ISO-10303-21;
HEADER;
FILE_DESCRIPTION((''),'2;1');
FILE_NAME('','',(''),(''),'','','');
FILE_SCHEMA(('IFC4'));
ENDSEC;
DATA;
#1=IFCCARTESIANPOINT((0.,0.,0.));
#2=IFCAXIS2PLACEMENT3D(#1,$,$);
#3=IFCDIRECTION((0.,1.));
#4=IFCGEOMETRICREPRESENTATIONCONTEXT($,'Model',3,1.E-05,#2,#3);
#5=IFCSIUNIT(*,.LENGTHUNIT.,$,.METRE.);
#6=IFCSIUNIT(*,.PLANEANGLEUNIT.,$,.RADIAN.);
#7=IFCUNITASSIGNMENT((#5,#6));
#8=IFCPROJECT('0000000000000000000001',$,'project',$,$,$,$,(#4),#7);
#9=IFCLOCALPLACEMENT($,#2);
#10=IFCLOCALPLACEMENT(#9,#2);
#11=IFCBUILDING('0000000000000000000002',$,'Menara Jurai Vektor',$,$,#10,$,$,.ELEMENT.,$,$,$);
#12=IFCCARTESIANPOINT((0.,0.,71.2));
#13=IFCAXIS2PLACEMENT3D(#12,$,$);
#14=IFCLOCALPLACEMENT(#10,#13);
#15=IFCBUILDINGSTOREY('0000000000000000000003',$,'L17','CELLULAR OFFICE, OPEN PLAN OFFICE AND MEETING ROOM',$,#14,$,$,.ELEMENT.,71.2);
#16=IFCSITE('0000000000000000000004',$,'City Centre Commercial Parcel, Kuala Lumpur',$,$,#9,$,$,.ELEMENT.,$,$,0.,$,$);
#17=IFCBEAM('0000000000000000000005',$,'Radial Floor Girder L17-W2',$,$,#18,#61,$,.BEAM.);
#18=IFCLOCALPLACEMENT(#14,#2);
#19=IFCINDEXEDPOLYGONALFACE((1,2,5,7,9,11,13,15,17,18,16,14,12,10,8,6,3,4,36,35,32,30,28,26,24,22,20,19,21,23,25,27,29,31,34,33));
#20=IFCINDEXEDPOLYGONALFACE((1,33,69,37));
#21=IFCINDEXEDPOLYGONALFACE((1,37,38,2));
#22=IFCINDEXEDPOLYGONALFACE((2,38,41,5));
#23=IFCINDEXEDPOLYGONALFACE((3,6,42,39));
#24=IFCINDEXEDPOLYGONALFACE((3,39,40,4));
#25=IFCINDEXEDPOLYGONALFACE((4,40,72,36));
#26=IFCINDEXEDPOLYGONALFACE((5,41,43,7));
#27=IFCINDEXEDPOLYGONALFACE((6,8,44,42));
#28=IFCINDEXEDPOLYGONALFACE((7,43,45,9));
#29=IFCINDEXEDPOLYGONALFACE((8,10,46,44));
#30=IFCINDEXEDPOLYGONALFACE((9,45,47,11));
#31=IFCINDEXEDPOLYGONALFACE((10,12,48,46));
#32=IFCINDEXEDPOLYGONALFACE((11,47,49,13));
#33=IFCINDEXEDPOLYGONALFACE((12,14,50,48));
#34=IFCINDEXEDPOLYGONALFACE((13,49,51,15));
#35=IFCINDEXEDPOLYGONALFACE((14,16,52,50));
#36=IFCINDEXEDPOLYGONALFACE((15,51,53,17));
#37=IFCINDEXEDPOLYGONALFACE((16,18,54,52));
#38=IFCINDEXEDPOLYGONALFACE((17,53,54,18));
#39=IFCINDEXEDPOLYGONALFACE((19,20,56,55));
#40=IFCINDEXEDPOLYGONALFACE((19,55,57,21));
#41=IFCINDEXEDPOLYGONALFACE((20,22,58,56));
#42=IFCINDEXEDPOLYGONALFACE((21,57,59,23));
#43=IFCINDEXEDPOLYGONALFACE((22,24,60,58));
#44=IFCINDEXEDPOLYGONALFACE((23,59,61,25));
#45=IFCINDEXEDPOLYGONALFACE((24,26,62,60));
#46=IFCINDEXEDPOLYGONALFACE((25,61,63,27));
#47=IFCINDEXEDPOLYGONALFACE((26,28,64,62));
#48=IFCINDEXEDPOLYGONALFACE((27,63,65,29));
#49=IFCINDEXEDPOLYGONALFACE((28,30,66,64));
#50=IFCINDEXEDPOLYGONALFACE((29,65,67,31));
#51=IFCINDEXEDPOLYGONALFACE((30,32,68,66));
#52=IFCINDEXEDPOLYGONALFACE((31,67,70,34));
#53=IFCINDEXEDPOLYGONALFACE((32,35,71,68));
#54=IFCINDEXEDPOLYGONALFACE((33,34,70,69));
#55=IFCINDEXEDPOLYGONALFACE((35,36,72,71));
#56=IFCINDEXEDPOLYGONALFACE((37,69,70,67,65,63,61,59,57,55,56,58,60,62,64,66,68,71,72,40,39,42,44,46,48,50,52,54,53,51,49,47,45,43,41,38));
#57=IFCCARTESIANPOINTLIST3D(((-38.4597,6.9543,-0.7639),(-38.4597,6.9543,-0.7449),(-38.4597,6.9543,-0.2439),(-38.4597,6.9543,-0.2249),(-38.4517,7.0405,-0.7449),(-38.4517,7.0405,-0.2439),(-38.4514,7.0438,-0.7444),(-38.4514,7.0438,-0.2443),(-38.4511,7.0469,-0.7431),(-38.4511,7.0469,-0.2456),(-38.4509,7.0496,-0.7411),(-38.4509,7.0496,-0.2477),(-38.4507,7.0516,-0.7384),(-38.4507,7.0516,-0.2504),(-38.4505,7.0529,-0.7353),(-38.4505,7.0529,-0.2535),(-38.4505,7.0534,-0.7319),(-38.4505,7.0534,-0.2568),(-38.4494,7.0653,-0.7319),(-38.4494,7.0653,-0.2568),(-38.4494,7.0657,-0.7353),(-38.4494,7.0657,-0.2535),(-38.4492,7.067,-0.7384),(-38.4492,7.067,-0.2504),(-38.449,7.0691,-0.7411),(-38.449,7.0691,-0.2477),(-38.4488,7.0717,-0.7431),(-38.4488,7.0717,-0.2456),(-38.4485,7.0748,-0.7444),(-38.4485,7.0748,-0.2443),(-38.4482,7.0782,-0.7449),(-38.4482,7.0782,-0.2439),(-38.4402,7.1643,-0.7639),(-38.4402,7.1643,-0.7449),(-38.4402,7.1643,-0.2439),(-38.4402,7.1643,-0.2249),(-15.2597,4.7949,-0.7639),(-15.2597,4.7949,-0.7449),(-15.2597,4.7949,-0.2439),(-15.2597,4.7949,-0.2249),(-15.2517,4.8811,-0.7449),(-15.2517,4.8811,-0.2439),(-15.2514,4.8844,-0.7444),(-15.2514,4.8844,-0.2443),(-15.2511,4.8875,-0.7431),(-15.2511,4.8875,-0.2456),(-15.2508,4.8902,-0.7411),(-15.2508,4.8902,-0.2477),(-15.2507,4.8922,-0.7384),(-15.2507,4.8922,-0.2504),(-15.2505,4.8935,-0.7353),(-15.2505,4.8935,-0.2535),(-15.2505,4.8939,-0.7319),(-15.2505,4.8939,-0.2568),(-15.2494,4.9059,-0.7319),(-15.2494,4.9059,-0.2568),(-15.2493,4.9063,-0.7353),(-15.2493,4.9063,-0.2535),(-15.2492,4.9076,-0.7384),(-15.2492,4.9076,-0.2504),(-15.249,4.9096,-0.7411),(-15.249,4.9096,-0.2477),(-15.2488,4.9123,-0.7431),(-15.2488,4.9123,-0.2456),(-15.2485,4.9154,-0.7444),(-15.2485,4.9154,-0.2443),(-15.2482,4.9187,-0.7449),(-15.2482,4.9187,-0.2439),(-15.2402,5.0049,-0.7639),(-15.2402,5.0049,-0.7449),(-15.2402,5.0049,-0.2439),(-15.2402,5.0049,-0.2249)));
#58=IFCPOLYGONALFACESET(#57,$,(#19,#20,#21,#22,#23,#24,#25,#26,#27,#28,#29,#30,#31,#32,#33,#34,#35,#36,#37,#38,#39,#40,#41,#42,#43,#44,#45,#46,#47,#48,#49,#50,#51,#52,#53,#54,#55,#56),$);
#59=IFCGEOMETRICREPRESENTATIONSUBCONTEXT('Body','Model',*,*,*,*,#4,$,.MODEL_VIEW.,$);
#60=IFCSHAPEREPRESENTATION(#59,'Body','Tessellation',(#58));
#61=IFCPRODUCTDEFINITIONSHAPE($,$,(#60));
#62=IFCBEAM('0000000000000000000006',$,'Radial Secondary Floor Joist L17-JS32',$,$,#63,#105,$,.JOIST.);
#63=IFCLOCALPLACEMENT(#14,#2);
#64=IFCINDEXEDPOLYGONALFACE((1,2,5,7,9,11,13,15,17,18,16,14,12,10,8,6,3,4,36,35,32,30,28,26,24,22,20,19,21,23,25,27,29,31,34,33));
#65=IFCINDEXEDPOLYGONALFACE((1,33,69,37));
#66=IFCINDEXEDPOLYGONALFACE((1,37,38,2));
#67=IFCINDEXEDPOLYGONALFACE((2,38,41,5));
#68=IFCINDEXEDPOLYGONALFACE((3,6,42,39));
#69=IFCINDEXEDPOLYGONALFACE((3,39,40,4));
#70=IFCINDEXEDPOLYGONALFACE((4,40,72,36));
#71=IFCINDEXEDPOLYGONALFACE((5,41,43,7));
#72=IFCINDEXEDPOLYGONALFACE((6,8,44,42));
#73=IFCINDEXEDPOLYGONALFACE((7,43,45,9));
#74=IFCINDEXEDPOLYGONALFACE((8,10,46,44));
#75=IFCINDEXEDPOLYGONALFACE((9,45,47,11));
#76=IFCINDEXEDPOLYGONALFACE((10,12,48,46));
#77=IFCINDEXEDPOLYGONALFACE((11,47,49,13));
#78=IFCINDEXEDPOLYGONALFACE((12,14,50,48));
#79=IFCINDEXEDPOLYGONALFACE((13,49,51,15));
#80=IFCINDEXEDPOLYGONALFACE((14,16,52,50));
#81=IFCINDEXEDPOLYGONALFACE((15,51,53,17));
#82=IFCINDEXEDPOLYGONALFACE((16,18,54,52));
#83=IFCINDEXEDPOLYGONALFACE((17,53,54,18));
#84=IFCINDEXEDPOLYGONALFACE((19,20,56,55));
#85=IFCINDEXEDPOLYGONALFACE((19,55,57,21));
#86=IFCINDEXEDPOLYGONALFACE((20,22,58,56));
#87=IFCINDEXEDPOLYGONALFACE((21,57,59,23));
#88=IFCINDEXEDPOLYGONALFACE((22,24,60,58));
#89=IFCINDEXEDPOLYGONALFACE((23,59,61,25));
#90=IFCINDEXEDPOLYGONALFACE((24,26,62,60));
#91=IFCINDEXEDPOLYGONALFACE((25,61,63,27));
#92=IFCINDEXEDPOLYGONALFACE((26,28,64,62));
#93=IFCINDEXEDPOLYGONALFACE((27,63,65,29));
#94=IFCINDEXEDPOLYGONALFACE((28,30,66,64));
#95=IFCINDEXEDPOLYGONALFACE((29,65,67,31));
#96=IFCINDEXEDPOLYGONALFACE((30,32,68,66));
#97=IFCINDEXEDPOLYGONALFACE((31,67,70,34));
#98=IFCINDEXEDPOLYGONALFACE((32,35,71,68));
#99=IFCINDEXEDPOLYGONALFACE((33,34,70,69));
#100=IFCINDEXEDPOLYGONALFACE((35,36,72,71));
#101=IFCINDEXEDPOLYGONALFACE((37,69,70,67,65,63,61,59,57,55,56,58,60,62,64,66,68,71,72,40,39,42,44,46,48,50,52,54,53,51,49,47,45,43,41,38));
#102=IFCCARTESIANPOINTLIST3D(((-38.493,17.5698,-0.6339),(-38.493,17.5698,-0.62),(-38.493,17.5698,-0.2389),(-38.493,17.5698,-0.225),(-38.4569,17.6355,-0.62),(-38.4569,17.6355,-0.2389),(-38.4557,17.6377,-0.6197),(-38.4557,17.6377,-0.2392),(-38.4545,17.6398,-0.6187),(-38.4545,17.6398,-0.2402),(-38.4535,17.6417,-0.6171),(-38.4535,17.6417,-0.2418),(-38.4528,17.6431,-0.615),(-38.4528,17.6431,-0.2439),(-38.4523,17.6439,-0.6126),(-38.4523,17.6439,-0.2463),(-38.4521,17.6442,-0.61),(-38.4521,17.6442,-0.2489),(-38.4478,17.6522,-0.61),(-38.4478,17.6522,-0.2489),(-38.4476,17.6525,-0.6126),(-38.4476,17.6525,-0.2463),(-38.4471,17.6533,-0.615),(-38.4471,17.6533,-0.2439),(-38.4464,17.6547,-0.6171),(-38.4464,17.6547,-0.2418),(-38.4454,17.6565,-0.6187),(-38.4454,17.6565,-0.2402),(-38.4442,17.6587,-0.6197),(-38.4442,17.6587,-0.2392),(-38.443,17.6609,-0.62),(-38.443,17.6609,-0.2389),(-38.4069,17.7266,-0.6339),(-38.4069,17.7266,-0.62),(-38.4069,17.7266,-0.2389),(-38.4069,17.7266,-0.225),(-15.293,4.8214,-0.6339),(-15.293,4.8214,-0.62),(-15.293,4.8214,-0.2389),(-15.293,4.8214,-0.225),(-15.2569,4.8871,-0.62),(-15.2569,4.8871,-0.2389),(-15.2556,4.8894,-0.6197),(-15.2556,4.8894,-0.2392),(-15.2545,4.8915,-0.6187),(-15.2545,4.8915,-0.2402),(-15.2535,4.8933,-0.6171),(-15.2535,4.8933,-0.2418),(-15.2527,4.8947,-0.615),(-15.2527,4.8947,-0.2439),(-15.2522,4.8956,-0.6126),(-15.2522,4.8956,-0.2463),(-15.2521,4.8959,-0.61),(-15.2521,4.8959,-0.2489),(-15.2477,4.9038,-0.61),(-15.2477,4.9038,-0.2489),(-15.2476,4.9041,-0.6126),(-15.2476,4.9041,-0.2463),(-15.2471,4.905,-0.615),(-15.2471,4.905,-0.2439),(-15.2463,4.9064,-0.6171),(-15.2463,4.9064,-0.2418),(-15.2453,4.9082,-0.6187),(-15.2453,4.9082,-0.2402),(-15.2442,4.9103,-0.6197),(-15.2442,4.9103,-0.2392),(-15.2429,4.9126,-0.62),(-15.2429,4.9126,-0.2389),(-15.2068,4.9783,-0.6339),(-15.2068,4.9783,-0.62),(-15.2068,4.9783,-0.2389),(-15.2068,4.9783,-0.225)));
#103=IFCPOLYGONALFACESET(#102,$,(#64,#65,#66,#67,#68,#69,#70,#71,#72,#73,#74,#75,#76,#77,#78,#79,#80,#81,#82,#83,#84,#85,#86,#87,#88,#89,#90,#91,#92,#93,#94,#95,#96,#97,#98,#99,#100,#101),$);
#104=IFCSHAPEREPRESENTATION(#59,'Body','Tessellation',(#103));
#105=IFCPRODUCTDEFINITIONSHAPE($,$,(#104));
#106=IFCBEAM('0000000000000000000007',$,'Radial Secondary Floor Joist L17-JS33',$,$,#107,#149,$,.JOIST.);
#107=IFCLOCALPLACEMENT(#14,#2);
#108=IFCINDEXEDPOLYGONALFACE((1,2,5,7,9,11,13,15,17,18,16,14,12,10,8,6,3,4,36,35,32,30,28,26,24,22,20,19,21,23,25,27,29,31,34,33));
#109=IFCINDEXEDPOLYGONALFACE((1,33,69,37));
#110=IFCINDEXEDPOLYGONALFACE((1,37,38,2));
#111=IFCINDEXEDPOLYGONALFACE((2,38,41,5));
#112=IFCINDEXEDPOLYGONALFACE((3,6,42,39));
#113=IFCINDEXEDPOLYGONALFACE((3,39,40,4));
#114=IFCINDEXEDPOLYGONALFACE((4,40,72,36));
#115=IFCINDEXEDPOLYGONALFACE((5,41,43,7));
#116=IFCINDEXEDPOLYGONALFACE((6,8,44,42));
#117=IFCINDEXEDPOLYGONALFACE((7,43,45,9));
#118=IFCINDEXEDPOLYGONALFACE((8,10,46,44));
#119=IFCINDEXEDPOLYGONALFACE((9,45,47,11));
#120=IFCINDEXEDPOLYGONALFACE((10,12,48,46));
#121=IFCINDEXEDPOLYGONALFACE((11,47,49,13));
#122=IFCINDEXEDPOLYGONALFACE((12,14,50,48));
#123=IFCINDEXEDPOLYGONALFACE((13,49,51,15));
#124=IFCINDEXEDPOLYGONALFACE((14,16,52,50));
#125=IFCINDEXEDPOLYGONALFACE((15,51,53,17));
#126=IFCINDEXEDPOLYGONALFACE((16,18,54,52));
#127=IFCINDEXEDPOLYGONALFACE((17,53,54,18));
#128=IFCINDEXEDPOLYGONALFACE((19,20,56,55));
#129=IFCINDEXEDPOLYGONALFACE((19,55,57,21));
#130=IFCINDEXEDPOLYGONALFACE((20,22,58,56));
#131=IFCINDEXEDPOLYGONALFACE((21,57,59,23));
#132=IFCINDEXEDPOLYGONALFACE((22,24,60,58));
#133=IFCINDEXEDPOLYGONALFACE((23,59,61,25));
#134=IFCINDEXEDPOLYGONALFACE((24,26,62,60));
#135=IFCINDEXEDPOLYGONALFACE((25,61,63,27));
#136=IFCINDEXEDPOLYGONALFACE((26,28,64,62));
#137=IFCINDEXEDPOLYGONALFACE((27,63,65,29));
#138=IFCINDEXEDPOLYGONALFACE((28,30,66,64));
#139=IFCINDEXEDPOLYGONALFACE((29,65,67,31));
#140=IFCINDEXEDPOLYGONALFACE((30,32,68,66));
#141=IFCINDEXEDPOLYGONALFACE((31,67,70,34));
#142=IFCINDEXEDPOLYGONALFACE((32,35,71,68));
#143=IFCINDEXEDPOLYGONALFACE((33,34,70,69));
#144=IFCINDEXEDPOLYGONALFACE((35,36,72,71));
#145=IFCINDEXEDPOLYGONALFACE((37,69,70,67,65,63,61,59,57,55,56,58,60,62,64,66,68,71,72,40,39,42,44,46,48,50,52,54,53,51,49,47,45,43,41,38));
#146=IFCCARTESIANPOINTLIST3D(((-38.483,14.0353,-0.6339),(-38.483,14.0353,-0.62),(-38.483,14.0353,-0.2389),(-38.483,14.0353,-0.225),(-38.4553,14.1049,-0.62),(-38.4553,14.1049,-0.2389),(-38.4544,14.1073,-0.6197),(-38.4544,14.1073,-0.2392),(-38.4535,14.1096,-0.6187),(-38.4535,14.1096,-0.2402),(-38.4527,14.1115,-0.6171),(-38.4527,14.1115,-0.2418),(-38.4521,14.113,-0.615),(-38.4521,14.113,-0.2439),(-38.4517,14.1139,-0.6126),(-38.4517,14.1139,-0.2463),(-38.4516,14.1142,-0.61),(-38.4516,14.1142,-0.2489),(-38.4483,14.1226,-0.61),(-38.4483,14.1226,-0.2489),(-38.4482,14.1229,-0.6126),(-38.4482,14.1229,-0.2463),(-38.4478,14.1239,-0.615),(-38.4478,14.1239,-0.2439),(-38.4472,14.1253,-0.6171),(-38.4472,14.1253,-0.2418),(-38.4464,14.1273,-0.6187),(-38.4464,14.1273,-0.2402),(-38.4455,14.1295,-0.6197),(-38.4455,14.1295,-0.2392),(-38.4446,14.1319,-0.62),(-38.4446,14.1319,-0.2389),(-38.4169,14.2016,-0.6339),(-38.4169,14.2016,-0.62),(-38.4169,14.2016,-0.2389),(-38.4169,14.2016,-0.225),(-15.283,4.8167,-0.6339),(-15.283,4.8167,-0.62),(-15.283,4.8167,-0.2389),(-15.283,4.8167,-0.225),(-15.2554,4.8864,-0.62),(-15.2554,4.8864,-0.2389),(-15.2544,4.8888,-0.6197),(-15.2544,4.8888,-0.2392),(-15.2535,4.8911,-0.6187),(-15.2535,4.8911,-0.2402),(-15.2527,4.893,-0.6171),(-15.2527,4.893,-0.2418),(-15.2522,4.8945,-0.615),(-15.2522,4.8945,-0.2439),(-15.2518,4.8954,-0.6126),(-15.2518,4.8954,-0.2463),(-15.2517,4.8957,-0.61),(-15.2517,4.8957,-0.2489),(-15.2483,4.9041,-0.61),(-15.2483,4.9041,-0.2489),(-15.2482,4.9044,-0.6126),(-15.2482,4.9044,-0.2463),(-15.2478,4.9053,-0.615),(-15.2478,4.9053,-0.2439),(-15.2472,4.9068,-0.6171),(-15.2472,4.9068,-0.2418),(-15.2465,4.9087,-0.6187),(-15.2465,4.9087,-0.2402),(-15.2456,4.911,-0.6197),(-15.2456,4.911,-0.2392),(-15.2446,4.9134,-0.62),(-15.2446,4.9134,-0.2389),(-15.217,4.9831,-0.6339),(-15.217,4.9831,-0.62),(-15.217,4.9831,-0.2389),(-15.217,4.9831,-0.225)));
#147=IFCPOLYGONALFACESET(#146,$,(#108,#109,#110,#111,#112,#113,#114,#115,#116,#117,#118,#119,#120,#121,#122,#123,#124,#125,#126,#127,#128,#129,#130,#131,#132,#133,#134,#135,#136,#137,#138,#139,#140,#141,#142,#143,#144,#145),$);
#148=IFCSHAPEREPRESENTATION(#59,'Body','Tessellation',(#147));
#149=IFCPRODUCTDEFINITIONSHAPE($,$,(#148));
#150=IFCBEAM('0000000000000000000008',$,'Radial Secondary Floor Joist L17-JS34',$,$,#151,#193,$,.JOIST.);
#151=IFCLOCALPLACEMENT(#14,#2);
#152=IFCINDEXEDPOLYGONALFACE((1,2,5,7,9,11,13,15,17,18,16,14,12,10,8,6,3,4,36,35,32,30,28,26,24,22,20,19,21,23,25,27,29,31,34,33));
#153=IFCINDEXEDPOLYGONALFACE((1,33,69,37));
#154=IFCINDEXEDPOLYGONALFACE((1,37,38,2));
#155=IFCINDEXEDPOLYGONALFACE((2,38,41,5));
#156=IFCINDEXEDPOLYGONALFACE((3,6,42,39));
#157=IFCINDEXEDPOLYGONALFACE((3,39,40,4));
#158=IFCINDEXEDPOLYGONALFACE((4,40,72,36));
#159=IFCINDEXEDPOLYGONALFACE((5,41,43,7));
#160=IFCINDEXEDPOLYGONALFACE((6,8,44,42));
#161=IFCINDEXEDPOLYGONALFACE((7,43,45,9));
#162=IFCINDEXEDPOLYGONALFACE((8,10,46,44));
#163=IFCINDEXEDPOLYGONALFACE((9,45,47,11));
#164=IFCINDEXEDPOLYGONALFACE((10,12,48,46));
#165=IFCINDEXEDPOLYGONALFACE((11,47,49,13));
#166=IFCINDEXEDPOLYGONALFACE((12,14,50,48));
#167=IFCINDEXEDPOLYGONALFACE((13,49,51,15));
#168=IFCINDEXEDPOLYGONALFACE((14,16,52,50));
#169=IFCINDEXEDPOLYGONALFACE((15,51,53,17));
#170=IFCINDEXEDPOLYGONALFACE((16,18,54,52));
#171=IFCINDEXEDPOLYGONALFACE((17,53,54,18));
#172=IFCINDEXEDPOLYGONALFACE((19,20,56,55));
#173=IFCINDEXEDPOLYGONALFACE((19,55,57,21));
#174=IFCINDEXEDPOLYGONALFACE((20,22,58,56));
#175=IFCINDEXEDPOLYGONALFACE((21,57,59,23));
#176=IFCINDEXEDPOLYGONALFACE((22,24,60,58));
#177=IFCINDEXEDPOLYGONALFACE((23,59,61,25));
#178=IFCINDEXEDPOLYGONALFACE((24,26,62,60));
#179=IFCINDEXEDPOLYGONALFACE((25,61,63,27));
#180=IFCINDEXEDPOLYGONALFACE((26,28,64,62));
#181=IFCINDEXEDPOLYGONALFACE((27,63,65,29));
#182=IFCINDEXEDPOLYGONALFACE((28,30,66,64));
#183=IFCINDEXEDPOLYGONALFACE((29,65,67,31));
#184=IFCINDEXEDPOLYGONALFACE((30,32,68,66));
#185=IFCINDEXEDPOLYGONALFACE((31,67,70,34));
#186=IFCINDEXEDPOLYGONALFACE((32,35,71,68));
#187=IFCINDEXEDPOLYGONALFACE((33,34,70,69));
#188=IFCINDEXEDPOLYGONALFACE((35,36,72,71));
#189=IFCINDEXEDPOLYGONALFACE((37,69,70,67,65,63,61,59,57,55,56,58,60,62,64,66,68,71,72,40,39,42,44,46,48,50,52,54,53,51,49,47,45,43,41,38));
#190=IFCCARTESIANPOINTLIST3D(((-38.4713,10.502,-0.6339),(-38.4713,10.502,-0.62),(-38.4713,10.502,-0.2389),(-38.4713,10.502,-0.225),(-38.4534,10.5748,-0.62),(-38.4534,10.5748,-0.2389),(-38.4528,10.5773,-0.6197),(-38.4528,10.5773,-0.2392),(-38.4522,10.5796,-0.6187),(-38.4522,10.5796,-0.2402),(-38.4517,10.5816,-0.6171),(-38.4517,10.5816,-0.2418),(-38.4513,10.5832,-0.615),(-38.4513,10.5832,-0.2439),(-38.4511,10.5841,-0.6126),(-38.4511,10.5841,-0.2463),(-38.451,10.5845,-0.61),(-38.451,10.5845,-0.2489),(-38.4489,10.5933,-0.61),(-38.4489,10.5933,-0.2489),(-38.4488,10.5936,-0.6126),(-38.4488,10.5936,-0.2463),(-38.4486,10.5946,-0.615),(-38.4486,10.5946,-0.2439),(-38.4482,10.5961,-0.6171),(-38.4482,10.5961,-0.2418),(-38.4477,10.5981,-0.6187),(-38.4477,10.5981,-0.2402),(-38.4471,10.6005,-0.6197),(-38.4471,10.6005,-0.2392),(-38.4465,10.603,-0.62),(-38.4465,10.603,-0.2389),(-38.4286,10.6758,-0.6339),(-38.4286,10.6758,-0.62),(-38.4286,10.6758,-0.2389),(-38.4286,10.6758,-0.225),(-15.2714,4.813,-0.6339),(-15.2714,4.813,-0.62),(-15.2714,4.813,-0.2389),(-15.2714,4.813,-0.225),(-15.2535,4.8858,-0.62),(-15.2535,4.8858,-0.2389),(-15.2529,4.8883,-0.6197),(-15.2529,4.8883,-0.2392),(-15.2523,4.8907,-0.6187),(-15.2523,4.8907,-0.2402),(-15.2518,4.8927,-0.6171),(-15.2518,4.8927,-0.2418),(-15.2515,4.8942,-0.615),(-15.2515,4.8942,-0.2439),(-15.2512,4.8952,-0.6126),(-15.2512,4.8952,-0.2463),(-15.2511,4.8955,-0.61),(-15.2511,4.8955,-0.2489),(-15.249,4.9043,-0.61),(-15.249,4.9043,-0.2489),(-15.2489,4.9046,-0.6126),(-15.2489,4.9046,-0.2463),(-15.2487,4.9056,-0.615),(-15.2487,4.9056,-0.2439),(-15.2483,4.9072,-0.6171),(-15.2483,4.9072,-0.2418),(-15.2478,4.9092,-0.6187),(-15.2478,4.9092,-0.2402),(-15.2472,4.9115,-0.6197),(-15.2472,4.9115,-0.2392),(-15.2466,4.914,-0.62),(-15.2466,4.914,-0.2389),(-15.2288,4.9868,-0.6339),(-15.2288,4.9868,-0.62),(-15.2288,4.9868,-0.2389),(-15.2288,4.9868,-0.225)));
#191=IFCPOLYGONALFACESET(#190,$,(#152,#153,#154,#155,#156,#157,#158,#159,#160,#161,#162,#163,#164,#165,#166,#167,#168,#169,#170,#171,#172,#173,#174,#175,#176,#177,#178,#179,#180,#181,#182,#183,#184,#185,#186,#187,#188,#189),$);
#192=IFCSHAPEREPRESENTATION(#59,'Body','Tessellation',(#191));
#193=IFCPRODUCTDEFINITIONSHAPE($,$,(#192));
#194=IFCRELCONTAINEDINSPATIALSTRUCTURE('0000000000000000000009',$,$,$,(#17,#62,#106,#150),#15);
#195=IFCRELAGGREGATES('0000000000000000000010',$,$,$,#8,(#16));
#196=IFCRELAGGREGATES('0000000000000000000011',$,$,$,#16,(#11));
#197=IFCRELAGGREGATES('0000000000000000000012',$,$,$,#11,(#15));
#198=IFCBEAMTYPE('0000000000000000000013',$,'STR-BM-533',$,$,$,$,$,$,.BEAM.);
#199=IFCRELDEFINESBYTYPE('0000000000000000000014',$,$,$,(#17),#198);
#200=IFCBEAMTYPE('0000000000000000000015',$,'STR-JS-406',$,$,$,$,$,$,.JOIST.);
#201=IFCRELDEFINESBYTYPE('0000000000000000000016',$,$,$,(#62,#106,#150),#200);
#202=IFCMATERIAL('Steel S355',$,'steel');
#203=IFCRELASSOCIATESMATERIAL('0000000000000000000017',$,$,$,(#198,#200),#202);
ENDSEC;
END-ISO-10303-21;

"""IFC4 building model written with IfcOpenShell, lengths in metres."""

from ifc_helpers import new_model, si_unit, direction, frame, origin, origin_2d, place, context, subcontext, project, spatial, i_section, extrude, material, material_profile, profile_set, type_object, element, save


model = new_model("IFC4")

# Units and contexts
model_context = context("Model", 3, precision=1e-05, world=origin(), true_north=direction((0.0, 1.0)))
body_context = subcontext(model_context, "Body", "Model", "MODEL_VIEW")
ifc_project = project(units=[si_unit("LENGTHUNIT", "METRE"), si_unit("PLANEANGLEUNIT", "RADIAN")], contexts=[model_context])

# Site, building, storey
site_placement = place(None, origin())
site = spatial("IfcSite", under=ifc_project, at=site_placement, Name="City Centre Commercial Parcel, Kuala Lumpur", CompositionType="ELEMENT", RefElevation=0.0)
building_placement = place(site_placement, origin())
building = spatial("IfcBuilding", under=site, at=building_placement, Name="Menara Jurai Vektor", CompositionType="ELEMENT")
storey_placement = place(building_placement, frame((0.0, 0.0, 71.2)))
storey = spatial("IfcBuildingStorey", under=building, at=storey_placement, Name="L17", Description="CELLULAR OFFICE, OPEN PLAN OFFICE AND MEETING ROOM", CompositionType="ELEMENT", Elevation=71.2)

# Beams
ifc_material_1 = material(Name="Steel S355", Category="steel")
ifc_material_profile_1 = material_profile(ifc_material_1, i_section(OverallWidth=0.2109, OverallDepth=0.5391, WebThickness=0.012, FlangeThickness=0.019, FilletRadius=0.0129, at=origin_2d()), Name="UKB 533x210x109")
ifc_profile_set_1 = profile_set([ifc_material_profile_1], Name="Steel S355")
beam_type_1 = type_object("IfcBeamType", Name="STR-BM-533", PredefinedType="BEAM", material=ifc_profile_set_1)
beam_1_placement = place(storey_placement, frame((-38.45, 7.0593, -0.4944), z_axis=(0.995696, -0.092678, 0.0), x_axis=(0.092678, 0.995696, 0.0)))
element("IfcBeam", 1, at=beam_1_placement, inside=storey, type_object=beam_type_1, Name="Radial Floor Girder L17-W2", PredefinedType="BEAM", context=body_context, shape_type="SweptSolid", body=[
    extrude(i_section(OverallWidth=0.2109, OverallDepth=0.5391, WebThickness=0.012, FlangeThickness=0.019, FilletRadius=0.0129, at=origin_2d()), origin(), (0.0, 0.0, 1.0), 23.3003),
])
ifc_material_profile_2 = material_profile(ifc_material_1, i_section(OverallWidth=0.179, OverallDepth=0.4089, WebThickness=0.009, FlangeThickness=0.0139, FilletRadius=0.01, at=origin_2d()), Name="UKB 406x178x67")
ifc_profile_set_2 = profile_set([ifc_material_profile_2], Name="Steel S355")
beam_type_2 = type_object("IfcBeamType", Name="STR-JS-406", PredefinedType="JOIST", material=ifc_profile_set_2)
beam_2_placement = place(storey_placement, frame((-38.45, 17.6482, -0.4294), z_axis=(0.876402, -0.48158, 0.0), x_axis=(0.48158, 0.876402, 0.0)))
element("IfcBeam", 2, at=beam_2_placement, inside=storey, type_object=beam_type_2, Name="Radial Secondary Floor Joist L17-JS32", PredefinedType="JOIST", context=body_context, shape_type="SweptSolid", body=[
    extrude(i_section(OverallWidth=0.179, OverallDepth=0.4089, WebThickness=0.009, FlangeThickness=0.0139, FilletRadius=0.01, at=origin_2d()), origin(), (0.0, 0.0, 1.0), 26.4719),
])
beam_3_placement = place(storey_placement, frame((-38.45, 14.1184, -0.4294), z_axis=(0.929323, -0.369267, 0.0), x_axis=(0.369267, 0.929323, 0.0)))
element("IfcBeam", 3, at=beam_3_placement, inside=storey, type_object=beam_type_2, Name="Radial Secondary Floor Joist L17-JS33", PredefinedType="JOIST", context=body_context, shape_type="SweptSolid", body=[
    extrude(i_section(OverallWidth=0.179, OverallDepth=0.4089, WebThickness=0.009, FlangeThickness=0.0139, FilletRadius=0.01, at=origin_2d()), origin(), (0.0, 0.0, 1.0), 24.9644),
])
beam_4_placement = place(storey_placement, frame((-38.45, 10.5889, -0.4294), z_axis=(0.971226, -0.238159, 0.0), x_axis=(0.238159, 0.971226, 0.0)))
element("IfcBeam", 4, at=beam_4_placement, inside=storey, type_object=beam_type_2, Name="Radial Secondary Floor Joist L17-JS34", PredefinedType="JOIST", context=body_context, shape_type="SweptSolid", body=[
    extrude(i_section(OverallWidth=0.179, OverallDepth=0.4089, WebThickness=0.009, FlangeThickness=0.0139, FilletRadius=0.01, at=origin_2d()), origin(), (0.0, 0.0, 1.0), 23.8872),
])

save(model, "model.ifc")
